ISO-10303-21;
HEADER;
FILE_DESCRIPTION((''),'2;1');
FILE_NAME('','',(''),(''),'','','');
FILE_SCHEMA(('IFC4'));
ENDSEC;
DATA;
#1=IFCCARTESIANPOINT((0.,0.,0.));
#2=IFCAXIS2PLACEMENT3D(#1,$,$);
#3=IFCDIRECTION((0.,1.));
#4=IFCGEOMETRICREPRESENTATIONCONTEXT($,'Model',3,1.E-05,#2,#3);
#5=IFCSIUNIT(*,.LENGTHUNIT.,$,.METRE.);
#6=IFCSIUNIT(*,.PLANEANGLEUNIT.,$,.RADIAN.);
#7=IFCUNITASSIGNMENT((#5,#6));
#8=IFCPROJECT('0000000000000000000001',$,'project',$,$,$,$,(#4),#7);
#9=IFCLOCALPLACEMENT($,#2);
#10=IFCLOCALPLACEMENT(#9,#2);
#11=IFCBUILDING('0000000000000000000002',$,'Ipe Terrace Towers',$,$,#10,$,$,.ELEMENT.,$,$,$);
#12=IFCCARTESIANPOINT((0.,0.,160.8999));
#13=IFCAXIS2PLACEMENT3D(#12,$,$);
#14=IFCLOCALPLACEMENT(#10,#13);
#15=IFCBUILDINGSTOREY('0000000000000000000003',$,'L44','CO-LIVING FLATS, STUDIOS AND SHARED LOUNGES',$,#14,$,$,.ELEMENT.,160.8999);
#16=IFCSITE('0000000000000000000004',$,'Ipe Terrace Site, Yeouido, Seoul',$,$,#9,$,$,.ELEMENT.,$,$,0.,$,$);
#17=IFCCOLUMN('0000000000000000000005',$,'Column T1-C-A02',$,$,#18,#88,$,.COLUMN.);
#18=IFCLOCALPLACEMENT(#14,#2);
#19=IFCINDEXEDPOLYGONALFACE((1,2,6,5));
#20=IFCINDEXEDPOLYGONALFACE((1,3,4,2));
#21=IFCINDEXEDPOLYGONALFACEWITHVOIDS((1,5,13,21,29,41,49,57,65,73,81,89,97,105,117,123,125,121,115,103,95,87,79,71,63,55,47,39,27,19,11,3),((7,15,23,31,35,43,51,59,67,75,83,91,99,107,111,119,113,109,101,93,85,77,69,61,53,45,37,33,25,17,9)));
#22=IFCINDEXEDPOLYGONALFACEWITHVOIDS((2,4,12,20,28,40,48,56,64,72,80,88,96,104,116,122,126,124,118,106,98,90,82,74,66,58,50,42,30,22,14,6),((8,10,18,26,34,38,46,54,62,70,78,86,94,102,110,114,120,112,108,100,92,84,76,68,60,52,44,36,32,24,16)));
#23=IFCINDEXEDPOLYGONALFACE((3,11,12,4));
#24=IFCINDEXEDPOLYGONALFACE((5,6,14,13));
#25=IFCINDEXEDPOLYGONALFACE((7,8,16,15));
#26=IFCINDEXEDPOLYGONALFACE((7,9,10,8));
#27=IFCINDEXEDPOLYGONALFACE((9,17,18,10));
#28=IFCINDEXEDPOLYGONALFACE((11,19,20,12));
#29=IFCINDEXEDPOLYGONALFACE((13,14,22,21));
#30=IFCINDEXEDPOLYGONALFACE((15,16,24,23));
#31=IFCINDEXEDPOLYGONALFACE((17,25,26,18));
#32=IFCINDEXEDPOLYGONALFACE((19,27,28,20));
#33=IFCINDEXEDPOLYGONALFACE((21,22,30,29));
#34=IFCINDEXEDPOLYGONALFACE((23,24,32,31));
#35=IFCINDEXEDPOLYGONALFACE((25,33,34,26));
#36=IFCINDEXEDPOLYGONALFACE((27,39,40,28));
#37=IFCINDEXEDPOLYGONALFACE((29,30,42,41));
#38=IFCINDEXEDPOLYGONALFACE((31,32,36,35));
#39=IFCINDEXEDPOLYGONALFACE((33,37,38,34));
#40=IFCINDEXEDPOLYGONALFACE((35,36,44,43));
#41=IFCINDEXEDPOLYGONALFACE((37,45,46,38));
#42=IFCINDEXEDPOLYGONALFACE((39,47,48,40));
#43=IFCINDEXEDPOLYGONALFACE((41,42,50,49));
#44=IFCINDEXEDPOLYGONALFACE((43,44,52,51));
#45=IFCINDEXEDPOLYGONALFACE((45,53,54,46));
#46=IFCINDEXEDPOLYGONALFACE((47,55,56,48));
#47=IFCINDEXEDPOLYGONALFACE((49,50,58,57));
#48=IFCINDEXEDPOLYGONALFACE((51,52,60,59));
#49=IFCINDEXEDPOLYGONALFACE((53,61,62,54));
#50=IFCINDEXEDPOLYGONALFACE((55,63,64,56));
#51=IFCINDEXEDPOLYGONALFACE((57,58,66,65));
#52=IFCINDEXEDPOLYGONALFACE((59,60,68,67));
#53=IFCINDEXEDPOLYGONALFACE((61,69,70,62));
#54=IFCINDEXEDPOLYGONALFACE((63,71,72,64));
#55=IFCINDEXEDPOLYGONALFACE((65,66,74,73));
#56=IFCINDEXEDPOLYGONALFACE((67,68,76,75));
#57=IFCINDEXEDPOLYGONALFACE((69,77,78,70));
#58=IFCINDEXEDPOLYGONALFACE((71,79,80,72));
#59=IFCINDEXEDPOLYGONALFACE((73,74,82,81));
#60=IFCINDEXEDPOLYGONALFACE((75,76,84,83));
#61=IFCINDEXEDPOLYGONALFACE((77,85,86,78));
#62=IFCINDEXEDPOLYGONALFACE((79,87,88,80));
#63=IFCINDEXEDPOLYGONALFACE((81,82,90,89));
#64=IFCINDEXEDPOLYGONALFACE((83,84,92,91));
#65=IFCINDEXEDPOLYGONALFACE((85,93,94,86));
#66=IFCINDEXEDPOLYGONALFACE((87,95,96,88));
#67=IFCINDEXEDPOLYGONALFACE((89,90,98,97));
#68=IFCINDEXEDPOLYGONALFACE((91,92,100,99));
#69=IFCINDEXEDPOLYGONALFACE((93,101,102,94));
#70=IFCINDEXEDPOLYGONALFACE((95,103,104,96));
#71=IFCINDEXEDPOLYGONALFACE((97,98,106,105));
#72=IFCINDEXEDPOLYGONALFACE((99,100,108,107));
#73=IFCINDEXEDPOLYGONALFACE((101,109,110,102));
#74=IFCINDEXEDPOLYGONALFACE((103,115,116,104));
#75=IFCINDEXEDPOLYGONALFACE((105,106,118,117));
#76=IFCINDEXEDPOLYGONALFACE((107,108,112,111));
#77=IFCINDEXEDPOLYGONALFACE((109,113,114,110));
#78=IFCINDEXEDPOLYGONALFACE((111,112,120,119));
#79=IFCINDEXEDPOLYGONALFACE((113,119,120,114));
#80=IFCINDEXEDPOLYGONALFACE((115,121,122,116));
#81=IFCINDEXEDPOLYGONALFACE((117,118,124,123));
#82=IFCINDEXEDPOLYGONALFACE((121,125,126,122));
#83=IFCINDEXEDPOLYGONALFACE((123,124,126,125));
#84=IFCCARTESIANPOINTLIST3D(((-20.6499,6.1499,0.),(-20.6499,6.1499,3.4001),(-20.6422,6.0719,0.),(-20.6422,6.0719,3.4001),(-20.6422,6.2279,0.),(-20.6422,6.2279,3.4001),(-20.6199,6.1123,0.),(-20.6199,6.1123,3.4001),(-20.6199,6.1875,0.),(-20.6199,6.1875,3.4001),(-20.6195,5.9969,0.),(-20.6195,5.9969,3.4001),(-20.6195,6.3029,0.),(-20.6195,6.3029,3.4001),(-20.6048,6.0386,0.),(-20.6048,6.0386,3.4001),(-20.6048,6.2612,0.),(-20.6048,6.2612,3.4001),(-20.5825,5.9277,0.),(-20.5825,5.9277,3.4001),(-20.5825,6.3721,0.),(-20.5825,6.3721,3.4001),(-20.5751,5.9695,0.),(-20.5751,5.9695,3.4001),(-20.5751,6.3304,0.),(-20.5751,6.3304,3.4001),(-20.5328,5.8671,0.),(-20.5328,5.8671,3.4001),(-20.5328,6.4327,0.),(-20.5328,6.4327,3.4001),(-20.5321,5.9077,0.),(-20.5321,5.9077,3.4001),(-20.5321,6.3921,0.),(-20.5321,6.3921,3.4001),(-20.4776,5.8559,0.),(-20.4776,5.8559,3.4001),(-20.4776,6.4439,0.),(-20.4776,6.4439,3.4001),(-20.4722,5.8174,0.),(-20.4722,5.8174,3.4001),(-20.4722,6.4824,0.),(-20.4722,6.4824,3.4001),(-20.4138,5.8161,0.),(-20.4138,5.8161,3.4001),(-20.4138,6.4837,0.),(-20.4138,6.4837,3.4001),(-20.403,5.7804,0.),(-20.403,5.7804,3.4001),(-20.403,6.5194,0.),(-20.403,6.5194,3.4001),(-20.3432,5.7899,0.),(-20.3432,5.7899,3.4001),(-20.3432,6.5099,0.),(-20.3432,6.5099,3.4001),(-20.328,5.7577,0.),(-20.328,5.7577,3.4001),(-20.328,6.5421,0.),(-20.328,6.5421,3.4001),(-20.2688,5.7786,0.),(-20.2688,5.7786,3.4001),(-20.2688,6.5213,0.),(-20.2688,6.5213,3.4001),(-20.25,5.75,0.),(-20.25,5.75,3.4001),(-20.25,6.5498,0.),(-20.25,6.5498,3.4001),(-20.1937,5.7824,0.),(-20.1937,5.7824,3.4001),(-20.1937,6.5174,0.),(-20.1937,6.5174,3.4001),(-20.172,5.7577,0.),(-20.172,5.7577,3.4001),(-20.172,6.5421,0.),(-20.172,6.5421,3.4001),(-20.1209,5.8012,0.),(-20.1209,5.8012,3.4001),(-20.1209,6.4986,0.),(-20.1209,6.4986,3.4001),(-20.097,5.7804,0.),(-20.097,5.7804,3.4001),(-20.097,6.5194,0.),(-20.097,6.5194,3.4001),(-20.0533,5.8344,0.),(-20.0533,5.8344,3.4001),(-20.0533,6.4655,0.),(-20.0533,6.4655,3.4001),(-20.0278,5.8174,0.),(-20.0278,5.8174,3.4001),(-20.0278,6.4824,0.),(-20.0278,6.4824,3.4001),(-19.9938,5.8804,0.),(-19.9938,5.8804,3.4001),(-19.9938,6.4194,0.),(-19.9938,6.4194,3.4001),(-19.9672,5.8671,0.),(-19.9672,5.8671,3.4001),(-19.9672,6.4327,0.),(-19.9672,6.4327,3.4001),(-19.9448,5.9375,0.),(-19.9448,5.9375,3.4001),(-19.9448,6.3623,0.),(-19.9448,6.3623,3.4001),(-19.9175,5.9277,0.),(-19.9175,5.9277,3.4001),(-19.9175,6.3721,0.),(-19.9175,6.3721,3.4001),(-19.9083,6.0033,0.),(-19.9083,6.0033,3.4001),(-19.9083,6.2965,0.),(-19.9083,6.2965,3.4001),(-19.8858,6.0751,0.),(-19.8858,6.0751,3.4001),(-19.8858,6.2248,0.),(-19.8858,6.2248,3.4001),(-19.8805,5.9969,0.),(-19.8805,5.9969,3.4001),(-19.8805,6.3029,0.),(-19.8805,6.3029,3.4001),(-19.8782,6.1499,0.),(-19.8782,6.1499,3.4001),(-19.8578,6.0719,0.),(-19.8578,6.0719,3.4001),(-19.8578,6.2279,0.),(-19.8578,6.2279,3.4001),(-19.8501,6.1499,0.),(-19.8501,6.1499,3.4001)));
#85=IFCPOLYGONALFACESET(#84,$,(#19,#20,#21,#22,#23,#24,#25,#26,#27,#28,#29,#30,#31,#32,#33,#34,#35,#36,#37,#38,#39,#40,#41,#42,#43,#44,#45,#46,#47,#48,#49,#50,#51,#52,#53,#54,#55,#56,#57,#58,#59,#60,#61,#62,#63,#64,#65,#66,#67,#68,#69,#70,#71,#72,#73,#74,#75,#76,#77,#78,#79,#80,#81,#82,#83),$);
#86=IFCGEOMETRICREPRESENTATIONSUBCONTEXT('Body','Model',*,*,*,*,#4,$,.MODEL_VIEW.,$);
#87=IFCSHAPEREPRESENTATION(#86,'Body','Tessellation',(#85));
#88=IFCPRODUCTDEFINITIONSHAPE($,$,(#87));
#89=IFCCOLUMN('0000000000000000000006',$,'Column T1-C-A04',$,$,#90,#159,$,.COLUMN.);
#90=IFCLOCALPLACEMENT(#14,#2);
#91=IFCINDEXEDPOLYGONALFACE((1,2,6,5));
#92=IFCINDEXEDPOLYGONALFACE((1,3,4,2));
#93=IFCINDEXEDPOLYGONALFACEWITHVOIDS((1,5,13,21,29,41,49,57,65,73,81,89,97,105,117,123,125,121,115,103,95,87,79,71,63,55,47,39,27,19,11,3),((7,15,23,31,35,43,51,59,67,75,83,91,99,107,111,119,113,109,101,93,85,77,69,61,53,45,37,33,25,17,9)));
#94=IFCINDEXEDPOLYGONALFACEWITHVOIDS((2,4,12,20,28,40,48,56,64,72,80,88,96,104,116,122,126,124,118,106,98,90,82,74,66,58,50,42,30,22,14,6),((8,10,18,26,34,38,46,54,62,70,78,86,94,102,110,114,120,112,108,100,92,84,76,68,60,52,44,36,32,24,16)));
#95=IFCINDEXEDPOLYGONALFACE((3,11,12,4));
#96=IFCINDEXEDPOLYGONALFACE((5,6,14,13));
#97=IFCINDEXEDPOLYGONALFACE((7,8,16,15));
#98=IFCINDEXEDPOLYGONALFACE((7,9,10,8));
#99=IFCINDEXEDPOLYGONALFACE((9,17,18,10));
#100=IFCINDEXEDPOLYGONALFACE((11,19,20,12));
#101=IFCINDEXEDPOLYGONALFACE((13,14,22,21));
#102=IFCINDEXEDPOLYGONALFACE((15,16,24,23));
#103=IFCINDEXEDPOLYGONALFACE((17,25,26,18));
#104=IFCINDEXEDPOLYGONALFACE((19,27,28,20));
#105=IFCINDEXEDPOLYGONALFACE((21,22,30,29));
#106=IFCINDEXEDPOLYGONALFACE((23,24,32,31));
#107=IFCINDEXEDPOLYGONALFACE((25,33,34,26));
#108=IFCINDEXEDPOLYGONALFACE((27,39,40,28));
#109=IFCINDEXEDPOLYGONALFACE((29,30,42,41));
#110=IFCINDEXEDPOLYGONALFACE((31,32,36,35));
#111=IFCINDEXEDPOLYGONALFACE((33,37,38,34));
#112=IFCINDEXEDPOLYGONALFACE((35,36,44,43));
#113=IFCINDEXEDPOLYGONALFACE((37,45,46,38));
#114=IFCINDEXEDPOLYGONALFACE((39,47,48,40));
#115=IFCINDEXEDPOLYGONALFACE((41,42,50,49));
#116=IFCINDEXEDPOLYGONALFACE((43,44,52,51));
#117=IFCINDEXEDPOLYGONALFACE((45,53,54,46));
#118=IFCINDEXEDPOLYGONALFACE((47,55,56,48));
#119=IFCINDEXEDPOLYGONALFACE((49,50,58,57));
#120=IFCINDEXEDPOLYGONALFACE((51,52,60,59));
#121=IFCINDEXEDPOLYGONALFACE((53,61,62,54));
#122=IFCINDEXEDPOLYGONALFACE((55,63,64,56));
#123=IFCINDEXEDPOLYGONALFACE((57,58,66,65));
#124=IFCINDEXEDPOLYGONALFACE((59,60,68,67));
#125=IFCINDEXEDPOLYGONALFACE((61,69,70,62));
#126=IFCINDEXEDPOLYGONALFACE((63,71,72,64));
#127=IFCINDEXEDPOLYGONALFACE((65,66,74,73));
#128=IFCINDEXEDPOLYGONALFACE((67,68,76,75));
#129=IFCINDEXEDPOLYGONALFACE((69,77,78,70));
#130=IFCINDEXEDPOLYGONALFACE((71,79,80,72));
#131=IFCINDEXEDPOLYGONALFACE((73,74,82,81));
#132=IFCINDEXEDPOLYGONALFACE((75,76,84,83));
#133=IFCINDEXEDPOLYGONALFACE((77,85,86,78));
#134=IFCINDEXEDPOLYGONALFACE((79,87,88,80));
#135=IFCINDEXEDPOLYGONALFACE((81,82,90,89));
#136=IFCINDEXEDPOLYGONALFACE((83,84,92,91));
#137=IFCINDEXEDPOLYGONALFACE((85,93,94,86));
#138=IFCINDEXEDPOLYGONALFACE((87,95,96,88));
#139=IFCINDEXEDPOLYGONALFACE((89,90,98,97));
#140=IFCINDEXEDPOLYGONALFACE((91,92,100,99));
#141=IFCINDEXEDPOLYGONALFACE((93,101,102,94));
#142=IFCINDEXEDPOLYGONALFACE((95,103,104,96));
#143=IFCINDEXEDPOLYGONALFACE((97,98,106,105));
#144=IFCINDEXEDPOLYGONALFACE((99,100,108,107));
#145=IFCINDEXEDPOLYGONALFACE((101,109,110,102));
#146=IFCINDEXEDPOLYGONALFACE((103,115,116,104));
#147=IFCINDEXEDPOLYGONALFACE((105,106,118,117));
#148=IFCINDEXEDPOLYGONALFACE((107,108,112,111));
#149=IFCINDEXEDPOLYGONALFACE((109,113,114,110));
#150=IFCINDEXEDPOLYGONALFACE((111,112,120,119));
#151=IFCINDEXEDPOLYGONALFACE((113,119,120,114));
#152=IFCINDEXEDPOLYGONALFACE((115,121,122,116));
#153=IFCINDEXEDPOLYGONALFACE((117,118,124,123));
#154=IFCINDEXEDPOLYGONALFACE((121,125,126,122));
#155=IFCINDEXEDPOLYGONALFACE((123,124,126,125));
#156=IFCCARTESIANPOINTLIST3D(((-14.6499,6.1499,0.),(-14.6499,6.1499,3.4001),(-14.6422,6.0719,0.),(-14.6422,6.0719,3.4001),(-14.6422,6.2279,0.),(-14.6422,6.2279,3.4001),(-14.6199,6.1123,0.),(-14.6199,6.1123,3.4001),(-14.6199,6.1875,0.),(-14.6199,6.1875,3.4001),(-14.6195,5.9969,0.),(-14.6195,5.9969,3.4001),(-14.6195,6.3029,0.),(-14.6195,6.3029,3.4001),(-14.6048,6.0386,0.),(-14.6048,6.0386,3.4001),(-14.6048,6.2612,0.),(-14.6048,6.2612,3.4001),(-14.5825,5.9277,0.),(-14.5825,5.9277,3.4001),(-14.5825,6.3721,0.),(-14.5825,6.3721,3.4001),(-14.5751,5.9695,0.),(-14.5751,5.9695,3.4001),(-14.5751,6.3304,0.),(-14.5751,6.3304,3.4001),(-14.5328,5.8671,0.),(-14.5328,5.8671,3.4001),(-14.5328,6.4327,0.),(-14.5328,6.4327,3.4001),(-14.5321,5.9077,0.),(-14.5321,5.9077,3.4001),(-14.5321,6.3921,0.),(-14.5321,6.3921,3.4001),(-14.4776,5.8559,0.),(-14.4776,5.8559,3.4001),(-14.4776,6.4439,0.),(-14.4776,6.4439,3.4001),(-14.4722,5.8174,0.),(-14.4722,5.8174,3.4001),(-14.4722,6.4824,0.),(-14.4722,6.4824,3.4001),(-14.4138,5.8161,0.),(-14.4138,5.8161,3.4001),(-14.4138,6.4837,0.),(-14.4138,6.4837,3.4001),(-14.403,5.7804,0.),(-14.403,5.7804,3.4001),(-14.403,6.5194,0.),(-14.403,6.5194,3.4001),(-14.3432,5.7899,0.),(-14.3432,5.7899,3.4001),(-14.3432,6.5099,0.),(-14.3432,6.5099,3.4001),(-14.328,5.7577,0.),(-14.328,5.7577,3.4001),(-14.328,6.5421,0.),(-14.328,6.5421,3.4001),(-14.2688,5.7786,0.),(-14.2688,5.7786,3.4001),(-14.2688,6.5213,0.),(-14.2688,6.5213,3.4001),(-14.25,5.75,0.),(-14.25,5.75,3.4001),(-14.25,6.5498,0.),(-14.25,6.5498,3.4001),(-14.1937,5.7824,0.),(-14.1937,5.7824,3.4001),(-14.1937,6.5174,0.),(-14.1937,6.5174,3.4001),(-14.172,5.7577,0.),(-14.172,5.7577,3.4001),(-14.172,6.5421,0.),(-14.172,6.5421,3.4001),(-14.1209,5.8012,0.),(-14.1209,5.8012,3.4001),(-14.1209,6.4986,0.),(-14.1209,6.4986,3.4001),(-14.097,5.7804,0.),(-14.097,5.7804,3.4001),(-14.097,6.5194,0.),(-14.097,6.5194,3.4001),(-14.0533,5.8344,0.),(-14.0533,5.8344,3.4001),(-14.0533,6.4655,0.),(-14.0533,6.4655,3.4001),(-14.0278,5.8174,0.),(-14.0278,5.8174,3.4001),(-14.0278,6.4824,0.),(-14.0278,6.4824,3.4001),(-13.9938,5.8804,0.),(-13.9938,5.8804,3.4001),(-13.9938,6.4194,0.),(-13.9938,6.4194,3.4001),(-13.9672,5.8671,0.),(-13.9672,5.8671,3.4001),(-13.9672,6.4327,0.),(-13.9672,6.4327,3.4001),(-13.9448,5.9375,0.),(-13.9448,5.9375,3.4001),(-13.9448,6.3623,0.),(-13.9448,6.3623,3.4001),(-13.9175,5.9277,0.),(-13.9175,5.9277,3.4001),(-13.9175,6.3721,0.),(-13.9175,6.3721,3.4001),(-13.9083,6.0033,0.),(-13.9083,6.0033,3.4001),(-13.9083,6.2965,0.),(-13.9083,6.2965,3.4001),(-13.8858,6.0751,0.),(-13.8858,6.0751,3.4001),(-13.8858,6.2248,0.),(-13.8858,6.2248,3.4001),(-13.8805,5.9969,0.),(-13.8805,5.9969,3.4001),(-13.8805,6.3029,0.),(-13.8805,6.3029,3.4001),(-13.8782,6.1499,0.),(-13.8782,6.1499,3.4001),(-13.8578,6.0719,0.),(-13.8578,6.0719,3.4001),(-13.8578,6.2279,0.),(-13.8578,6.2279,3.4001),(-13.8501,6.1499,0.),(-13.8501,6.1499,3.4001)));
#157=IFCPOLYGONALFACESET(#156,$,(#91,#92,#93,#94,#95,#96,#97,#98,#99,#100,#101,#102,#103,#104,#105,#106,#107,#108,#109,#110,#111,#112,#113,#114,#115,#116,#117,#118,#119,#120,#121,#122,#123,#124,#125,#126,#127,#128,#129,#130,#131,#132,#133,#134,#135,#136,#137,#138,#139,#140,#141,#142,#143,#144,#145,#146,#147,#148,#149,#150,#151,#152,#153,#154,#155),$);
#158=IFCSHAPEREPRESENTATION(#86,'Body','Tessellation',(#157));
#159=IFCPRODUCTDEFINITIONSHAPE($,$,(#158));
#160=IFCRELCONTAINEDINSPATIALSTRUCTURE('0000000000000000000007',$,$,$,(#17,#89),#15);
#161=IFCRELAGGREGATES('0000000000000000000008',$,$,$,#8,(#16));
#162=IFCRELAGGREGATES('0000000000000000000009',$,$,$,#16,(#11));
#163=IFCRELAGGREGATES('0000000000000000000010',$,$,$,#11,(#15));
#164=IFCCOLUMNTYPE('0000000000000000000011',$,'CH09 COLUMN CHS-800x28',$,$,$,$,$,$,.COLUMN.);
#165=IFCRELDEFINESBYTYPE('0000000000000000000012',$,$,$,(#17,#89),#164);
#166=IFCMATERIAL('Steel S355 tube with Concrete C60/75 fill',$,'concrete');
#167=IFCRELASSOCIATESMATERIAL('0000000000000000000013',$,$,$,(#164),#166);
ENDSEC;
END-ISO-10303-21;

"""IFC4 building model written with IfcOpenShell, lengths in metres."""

from ifc_helpers import new_model, si_unit, direction, frame, origin, origin_2d, place, context, subcontext, project, spatial, hollow_circle, extrude, material, material_profile, profile_set, type_object, element, save


model = new_model("IFC4")

# Units and contexts
model_context = context("Model", 3, precision=1e-05, world=origin(), true_north=direction((0.0, 1.0)))
body_context = subcontext(model_context, "Body", "Model", "MODEL_VIEW")
ifc_project = project(units=[si_unit("LENGTHUNIT", "METRE"), si_unit("PLANEANGLEUNIT", "RADIAN")], contexts=[model_context])

# Site, building, storey
site_placement = place(None, origin())
site = spatial("IfcSite", under=ifc_project, at=site_placement, Name="Ipe Terrace Site, Yeouido, Seoul", CompositionType="ELEMENT", RefElevation=0.0)
building_placement = place(site_placement, origin())
building = spatial("IfcBuilding", under=site, at=building_placement, Name="Ipe Terrace Towers", CompositionType="ELEMENT")
storey_placement = place(building_placement, frame((0.0, 0.0, 160.8999)))
storey = spatial("IfcBuildingStorey", under=building, at=storey_placement, Name="L44", Description="CO-LIVING FLATS, STUDIOS AND SHARED LOUNGES", CompositionType="ELEMENT", Elevation=160.8999)

# Columns
ifc_material_1 = material(Name="Steel S355 tube with Concrete C60/75 fill", Category="concrete")
ifc_material_profile_1 = material_profile(ifc_material_1, hollow_circle(Radius=0.3999, WallThickness=0.0281, at=origin_2d()), Name="CHS-800x28")
ifc_profile_set_1 = profile_set([ifc_material_profile_1], Name="Steel S355 tube with Concrete C60/75 fill")
column_type = type_object("IfcColumnType", Name="CH09 COLUMN CHS-800x28", PredefinedType="COLUMN", material=ifc_profile_set_1)
for number, where, z_axis, x_axis, name in (
    (1, (-20.25, 6.1499, 0.0), (0.0, 0.0, 1.0), (1.0, 0.0, 0.0), "Column T1-C-A02"),
    (2, (-14.25, 6.1499, 0.0), (0.0, 0.0, 1.0), (1.0, 0.0, 0.0), "Column T1-C-A04"),
):
    element("IfcColumn", number, at=place(storey_placement, frame(where, z_axis=z_axis, x_axis=x_axis)), inside=storey, type_object=column_type, Name=name, PredefinedType="COLUMN", context=body_context, shape_type="SweptSolid", body=[
        extrude(hollow_circle(Radius=0.3999, WallThickness=0.0281, at=origin_2d()), origin(), (0.0, 0.0, 1.0), 3.4001),
    ])

save(model, "model.ifc")
